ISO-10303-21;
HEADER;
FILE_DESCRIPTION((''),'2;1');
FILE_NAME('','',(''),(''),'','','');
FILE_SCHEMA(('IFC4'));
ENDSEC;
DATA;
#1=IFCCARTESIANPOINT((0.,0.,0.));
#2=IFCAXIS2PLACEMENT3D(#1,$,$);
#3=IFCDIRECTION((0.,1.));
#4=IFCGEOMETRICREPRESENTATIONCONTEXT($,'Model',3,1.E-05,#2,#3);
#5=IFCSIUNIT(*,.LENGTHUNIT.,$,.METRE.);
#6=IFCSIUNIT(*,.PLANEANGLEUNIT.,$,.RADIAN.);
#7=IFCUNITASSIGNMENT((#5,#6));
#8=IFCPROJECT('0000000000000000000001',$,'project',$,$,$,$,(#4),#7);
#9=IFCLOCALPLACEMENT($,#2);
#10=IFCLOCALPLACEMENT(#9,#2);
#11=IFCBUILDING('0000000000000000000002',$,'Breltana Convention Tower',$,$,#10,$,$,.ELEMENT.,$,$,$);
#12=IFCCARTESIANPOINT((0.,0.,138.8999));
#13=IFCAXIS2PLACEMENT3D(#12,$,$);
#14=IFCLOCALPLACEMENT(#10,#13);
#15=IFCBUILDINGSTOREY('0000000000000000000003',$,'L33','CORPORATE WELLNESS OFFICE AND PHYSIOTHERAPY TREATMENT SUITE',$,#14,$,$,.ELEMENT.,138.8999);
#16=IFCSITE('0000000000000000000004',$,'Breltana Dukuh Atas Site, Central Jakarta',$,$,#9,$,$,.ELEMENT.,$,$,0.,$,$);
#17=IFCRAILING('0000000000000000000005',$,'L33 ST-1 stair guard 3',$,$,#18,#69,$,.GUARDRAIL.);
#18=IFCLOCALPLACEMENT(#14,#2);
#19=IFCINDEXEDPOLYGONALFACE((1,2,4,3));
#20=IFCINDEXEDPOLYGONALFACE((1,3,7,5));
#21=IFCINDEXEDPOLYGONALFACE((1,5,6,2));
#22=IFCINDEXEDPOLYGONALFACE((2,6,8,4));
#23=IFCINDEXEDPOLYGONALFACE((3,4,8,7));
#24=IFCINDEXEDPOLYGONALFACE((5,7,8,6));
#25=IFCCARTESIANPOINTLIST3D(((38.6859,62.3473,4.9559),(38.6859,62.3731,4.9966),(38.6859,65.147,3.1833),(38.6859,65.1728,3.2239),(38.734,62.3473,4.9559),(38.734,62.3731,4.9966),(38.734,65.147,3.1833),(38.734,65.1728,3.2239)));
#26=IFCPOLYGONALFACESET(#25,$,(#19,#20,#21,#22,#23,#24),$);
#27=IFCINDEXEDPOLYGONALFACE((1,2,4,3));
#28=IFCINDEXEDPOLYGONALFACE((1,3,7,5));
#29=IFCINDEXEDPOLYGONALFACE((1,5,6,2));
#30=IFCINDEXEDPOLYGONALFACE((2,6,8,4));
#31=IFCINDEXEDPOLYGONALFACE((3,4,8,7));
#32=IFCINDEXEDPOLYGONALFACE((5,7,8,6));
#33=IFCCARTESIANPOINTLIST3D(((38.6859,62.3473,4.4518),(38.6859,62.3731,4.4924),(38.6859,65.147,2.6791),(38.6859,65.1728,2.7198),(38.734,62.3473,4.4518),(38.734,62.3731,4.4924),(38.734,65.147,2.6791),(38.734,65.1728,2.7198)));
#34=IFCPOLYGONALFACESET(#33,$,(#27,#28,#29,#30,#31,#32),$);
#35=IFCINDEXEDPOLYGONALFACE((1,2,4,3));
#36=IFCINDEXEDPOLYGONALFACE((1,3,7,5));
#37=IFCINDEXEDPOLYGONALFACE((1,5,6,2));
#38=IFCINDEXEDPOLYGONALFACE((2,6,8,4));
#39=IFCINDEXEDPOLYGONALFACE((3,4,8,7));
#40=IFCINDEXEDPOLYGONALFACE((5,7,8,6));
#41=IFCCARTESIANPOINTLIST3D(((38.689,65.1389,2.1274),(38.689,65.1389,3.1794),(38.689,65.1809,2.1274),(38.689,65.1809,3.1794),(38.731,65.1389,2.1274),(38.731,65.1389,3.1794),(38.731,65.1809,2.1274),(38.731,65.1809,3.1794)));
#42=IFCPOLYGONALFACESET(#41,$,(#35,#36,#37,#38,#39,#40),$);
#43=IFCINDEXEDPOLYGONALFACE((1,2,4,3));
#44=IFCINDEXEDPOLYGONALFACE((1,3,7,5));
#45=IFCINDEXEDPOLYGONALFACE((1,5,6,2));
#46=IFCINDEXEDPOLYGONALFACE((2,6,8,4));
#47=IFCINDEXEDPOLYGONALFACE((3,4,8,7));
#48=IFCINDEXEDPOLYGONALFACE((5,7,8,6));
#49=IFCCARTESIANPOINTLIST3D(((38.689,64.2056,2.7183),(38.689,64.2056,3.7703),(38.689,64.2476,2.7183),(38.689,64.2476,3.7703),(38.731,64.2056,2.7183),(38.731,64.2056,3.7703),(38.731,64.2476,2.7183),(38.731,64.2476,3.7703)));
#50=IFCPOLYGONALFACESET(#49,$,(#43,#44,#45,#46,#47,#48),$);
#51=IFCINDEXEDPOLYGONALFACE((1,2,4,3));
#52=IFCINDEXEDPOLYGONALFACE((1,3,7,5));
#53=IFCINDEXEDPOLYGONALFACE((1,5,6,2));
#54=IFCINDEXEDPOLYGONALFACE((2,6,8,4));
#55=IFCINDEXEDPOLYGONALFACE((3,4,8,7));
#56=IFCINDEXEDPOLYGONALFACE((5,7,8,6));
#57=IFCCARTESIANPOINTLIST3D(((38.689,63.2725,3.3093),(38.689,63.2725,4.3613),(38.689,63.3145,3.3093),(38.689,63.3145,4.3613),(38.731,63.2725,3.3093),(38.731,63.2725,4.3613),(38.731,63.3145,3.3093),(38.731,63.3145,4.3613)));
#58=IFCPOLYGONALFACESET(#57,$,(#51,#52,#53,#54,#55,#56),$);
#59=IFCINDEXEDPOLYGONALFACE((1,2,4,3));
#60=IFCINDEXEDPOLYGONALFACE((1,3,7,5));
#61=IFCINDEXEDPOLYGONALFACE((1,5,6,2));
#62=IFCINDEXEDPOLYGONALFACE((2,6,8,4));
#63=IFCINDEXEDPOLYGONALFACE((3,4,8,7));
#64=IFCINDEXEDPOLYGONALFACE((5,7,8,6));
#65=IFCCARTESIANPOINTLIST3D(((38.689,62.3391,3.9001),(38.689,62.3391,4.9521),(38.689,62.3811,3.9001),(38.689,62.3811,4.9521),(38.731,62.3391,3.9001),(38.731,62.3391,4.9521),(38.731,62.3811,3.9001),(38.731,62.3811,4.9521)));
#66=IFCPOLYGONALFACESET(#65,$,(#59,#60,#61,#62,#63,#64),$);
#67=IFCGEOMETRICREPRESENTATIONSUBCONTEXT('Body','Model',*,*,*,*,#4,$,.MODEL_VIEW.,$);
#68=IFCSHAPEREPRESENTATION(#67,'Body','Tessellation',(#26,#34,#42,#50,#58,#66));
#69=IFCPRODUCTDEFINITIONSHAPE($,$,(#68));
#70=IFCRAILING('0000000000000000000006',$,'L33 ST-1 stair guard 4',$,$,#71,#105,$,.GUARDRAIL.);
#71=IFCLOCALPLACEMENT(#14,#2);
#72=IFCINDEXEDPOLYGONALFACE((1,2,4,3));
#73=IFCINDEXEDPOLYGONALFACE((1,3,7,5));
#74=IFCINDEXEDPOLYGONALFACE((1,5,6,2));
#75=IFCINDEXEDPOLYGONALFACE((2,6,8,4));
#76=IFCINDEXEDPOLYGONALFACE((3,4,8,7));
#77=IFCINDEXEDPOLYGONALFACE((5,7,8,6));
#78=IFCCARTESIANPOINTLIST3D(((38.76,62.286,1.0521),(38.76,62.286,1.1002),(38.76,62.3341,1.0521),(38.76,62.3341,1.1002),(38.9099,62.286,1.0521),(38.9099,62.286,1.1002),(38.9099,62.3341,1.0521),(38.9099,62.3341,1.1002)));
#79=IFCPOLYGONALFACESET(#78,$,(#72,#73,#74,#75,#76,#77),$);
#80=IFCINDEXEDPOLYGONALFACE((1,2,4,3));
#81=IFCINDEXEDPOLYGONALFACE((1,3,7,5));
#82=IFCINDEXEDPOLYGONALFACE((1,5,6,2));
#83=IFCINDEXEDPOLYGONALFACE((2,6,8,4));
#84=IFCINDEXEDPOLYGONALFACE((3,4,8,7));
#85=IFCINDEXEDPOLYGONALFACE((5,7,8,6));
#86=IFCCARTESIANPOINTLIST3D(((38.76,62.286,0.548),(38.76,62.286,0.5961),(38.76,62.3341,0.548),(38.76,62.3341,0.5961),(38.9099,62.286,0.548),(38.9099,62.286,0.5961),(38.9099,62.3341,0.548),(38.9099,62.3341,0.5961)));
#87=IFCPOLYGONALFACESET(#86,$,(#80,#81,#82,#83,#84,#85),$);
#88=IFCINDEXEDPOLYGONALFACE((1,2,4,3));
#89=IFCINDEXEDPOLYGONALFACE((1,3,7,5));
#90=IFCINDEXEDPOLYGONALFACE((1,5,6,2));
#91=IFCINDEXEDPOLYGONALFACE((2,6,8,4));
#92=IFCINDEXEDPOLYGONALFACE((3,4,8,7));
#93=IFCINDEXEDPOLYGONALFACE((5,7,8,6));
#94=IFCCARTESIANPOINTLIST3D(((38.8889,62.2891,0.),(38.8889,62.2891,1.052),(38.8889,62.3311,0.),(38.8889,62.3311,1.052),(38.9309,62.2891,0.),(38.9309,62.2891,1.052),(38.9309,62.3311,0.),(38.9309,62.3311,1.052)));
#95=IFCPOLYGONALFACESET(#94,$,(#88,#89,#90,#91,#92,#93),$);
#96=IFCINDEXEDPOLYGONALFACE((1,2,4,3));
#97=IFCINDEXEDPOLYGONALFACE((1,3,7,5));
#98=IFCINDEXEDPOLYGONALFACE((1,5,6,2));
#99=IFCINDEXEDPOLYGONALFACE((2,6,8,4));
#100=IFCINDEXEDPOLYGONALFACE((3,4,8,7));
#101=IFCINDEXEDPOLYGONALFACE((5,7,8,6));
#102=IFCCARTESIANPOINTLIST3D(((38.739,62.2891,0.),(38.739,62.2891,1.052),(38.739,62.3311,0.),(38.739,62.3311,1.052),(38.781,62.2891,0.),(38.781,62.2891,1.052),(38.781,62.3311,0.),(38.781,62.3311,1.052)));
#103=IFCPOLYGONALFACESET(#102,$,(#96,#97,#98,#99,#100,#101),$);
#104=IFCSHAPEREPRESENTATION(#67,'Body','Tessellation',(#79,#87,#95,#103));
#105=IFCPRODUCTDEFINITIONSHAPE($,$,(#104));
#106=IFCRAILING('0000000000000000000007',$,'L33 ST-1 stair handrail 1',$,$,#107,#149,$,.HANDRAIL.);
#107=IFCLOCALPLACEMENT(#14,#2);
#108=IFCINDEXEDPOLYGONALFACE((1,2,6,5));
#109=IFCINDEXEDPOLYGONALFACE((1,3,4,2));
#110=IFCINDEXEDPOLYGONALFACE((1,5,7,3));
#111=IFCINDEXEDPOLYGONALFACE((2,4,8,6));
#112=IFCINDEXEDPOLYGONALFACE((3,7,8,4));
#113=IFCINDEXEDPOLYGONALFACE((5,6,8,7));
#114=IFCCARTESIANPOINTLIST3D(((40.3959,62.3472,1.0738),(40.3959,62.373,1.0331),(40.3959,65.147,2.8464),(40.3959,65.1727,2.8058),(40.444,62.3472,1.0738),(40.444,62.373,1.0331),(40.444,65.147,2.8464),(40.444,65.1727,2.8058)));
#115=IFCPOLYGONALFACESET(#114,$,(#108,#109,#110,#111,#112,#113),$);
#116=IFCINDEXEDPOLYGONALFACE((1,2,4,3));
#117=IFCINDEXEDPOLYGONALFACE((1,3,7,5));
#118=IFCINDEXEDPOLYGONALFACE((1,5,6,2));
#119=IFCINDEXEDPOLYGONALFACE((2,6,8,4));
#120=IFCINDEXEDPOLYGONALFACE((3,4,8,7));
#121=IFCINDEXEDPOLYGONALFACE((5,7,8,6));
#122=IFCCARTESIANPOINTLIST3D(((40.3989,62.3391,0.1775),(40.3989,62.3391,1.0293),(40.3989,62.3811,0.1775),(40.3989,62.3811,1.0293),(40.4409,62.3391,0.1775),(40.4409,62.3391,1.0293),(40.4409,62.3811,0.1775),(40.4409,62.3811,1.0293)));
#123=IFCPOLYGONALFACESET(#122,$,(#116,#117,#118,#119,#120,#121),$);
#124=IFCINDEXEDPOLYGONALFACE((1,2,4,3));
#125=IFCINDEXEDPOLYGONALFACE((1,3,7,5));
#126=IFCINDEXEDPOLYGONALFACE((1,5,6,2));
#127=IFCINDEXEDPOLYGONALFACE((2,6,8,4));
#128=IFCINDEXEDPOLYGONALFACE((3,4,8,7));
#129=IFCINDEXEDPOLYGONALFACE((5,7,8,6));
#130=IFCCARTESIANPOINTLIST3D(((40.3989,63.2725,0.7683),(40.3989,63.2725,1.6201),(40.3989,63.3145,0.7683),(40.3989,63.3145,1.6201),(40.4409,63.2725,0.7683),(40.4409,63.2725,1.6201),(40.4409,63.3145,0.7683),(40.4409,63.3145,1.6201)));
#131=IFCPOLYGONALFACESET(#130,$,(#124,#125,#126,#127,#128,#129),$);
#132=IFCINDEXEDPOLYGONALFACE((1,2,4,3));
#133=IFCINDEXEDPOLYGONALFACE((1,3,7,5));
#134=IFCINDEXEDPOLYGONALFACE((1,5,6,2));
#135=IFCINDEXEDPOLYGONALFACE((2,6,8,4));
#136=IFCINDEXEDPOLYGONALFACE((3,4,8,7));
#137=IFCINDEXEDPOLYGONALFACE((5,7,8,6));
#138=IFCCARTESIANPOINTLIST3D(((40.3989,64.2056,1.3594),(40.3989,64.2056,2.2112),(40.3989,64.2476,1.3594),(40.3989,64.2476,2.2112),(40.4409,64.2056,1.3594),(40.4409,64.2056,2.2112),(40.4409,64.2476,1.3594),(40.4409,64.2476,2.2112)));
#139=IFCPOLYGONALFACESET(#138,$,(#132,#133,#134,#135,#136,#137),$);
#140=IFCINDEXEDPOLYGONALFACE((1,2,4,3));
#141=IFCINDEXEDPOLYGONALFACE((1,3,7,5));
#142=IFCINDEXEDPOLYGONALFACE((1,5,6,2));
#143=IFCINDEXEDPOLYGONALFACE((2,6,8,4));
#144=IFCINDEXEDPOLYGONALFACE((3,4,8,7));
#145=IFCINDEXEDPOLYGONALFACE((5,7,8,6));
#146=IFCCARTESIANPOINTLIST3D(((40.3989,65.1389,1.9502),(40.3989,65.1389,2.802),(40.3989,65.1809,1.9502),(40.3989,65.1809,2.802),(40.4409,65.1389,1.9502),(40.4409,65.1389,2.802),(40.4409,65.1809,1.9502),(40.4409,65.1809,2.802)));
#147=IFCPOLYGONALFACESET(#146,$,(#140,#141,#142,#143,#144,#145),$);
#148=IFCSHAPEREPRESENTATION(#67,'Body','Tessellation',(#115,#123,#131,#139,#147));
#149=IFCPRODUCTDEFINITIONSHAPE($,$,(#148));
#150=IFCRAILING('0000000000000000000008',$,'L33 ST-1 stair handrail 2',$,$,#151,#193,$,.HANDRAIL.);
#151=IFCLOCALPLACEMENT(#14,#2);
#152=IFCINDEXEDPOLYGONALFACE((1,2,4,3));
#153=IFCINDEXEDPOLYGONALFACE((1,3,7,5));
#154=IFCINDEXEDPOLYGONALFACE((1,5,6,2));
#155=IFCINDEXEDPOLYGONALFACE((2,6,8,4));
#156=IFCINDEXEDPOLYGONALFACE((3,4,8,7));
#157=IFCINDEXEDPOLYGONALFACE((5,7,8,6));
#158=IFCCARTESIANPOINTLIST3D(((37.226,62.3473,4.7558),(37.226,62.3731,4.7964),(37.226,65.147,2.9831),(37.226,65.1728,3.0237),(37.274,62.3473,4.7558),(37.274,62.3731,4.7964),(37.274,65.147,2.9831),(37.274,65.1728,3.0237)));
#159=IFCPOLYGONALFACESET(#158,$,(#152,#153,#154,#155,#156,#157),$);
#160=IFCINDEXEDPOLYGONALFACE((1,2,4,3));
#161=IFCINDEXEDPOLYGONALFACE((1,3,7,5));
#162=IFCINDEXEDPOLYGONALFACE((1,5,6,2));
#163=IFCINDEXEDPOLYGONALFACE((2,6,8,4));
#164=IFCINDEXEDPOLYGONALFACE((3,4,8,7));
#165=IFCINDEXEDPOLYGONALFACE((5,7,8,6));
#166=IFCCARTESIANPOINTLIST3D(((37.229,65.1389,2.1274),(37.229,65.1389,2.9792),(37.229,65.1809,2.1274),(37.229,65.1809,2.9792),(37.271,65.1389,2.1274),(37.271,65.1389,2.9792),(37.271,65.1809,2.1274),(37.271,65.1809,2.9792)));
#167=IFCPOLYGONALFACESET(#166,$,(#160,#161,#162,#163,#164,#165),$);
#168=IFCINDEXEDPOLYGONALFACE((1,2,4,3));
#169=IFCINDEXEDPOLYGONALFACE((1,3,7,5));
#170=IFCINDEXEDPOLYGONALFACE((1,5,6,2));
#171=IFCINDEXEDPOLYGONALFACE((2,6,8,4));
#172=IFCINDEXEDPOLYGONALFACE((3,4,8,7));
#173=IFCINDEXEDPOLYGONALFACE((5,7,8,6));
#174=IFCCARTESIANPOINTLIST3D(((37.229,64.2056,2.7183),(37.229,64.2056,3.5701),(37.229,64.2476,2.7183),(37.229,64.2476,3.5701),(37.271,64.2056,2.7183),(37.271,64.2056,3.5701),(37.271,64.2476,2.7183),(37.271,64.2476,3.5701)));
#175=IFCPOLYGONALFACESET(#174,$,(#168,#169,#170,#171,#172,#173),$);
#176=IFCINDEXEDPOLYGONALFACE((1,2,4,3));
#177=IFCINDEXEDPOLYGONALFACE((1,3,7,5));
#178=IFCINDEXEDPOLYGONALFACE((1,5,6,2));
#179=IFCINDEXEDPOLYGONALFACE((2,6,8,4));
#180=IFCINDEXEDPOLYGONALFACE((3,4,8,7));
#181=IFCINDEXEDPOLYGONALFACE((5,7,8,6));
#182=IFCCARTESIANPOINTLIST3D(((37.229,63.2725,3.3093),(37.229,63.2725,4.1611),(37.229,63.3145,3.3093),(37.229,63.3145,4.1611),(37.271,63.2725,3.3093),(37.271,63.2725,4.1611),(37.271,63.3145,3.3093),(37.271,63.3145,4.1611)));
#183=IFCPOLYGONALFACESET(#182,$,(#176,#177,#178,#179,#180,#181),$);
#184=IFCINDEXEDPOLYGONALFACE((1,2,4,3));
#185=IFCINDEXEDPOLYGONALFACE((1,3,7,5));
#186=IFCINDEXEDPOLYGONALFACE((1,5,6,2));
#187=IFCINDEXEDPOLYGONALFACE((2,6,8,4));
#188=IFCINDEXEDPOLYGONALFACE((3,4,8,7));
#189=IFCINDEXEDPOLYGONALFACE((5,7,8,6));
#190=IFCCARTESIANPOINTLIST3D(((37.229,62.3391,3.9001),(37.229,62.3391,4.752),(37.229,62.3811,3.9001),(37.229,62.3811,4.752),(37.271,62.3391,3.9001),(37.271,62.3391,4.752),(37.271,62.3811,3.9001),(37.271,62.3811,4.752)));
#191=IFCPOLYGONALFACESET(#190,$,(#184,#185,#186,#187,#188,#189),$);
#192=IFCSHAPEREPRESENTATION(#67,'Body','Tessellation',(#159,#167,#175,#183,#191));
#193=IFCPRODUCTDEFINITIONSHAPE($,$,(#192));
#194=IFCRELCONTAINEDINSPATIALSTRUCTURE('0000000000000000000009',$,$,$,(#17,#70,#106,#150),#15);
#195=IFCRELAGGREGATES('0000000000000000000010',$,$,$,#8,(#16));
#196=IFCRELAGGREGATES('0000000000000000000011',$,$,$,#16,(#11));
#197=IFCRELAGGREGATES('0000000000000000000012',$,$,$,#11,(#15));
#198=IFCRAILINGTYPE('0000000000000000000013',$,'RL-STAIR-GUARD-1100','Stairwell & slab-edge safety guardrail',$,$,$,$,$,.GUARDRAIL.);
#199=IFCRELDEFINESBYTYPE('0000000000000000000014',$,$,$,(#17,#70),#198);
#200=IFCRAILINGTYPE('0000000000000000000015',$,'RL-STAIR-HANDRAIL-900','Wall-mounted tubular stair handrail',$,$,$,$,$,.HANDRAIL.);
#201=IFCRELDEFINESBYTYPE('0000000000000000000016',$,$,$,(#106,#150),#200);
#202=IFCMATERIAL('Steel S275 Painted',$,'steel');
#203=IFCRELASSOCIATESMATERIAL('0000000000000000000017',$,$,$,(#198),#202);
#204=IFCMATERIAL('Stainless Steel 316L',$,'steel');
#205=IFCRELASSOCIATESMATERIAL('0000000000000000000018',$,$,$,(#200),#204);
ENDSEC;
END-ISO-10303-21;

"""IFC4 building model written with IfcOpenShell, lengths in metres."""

from ifc_helpers import new_model, si_unit, direction, frame, origin, origin_2d, place, context, subcontext, project, spatial, rectangle, extrude, material, type_object, element, save


model = new_model("IFC4")

# Units and contexts
model_context = context("Model", 3, precision=1e-05, world=origin(), true_north=direction((0.0, 1.0)))
body_context = subcontext(model_context, "Body", "Model", "MODEL_VIEW")
ifc_project = project(units=[si_unit("LENGTHUNIT", "METRE"), si_unit("PLANEANGLEUNIT", "RADIAN")], contexts=[model_context])

# Site, building, storey
site_placement = place(None, origin())
site = spatial("IfcSite", under=ifc_project, at=site_placement, Name="Breltana Dukuh Atas Site, Central Jakarta", CompositionType="ELEMENT", RefElevation=0.0)
building_placement = place(site_placement, origin())
building = spatial("IfcBuilding", under=site, at=building_placement, Name="Breltana Convention Tower", CompositionType="ELEMENT")
storey_placement = place(building_placement, frame((0.0, 0.0, 138.8999)))
storey = spatial("IfcBuildingStorey", under=building, at=storey_placement, Name="L33", Description="CORPORATE WELLNESS OFFICE AND PHYSIOTHERAPY TREATMENT SUITE", CompositionType="ELEMENT", Elevation=138.8999)

# Railings
ifc_material_1 = material(Name="Steel S275 Painted", Category="steel")
railing_type_1 = type_object("IfcRailingType", Name="RL-STAIR-GUARD-1100", Description="Stairwell & slab-edge safety guardrail", PredefinedType="GUARDRAIL", material=ifc_material_1)
railing_1_placement = place(storey_placement, frame((38.71, 65.1599, 2.1274)))
element("IfcRailing", 1, at=railing_1_placement, inside=storey, type_object=railing_type_1, Name="L33 ST-1 stair guard 3", PredefinedType="GUARDRAIL", context=body_context, shape_type="SweptSolid", body=[
    extrude(rectangle(XDim=0.0481, YDim=0.0481, at=origin_2d()), frame((0.0, 0.0, 1.0762), z_axis=(0.0, -0.844888, 0.534943), x_axis=(1.0, 0.0, 0.0)), (0.0, 0.0, 1.0), 3.3137),
    extrude(rectangle(XDim=0.0481, YDim=0.0481, at=origin_2d()), frame((0.0, 0.0, 0.572), z_axis=(0.0, -0.844888, 0.534943), x_axis=(1.0, 0.0, 0.0)), (0.0, 0.0, 1.0), 3.3137),
    extrude(rectangle(XDim=0.042, YDim=0.042, at=origin_2d()), origin(), (0.0, 0.0, 1.0), 1.052),
    extrude(rectangle(XDim=0.042, YDim=0.042, at=origin_2d()), frame((0.0, -0.9333, 0.5908)), (0.0, 0.0, 1.0), 1.052),
    extrude(rectangle(XDim=0.042, YDim=0.042, at=origin_2d()), frame((0.0, -1.8665, 1.1819)), (0.0, 0.0, 1.0), 1.052),
    extrude(rectangle(XDim=0.042, YDim=0.042, at=origin_2d()), frame((0.0, -2.7998, 1.7727)), (0.0, 0.0, 1.0), 1.052),
])
railing_2_placement = place(storey_placement, frame((38.9099, 62.3101, 0.0)))
element("IfcRailing", 2, at=railing_2_placement, inside=storey, type_object=railing_type_1, Name="L33 ST-1 stair guard 4", PredefinedType="GUARDRAIL", context=body_context, shape_type="SweptSolid", body=[
    extrude(rectangle(XDim=0.0481, YDim=0.0481, at=origin_2d()), frame((0.0, 0.0, 1.0762), z_axis=(-1.0, 0.0, 0.0), x_axis=(0.0, -1.0, 0.0)), (0.0, 0.0, 1.0), 0.1499),
    extrude(rectangle(XDim=0.0481, YDim=0.0481, at=origin_2d()), frame((0.0, 0.0, 0.572), z_axis=(-1.0, 0.0, 0.0), x_axis=(0.0, -1.0, 0.0)), (0.0, 0.0, 1.0), 0.1499),
    extrude(rectangle(XDim=0.042, YDim=0.042, at=origin_2d()), origin(), (0.0, 0.0, 1.0), 1.052),
    extrude(rectangle(XDim=0.042, YDim=0.042, at=origin_2d()), frame((-0.1499, 0.0, 0.0)), (0.0, 0.0, 1.0), 1.052),
])
ifc_material_2 = material(Name="Stainless Steel 316L", Category="steel")
railing_type_2 = type_object("IfcRailingType", Name="RL-STAIR-HANDRAIL-900", Description="Wall-mounted tubular stair handrail", PredefinedType="HANDRAIL", material=ifc_material_2)
railing_3_placement = place(storey_placement, frame((40.4199, 62.3601, 0.1775)))
element("IfcRailing", 3, at=railing_3_placement, inside=storey, type_object=railing_type_2, Name="L33 ST-1 stair handrail 1", PredefinedType="HANDRAIL", context=body_context, shape_type="SweptSolid", body=[
    extrude(rectangle(XDim=0.0481, YDim=0.0481, at=origin_2d()), frame((0.0, 0.0, 0.876), z_axis=(0.0, 0.844888, 0.534943), x_axis=(-1.0, 0.0, 0.0)), (0.0, 0.0, 1.0), 3.3137),
    extrude(rectangle(XDim=0.042, YDim=0.042, at=origin_2d()), origin(), (0.0, 0.0, 1.0), 0.8518),
    extrude(rectangle(XDim=0.042, YDim=0.042, at=origin_2d()), frame((0.0, 0.9333, 0.5908)), (0.0, 0.0, 1.0), 0.8518),
    extrude(rectangle(XDim=0.042, YDim=0.042, at=origin_2d()), frame((0.0, 1.8665, 1.1819)), (0.0, 0.0, 1.0), 0.8518),
    extrude(rectangle(XDim=0.042, YDim=0.042, at=origin_2d()), frame((0.0, 2.7998, 1.7727)), (0.0, 0.0, 1.0), 0.8518),
])
railing_4_placement = place(storey_placement, frame((37.25, 65.1599, 2.1274)))
element("IfcRailing", 4, at=railing_4_placement, inside=storey, type_object=railing_type_2, Name="L33 ST-1 stair handrail 2", PredefinedType="HANDRAIL", context=body_context, shape_type="SweptSolid", body=[
    extrude(rectangle(XDim=0.0481, YDim=0.0481, at=origin_2d()), frame((0.0, 0.0, 0.876), z_axis=(0.0, -0.844888, 0.534943), x_axis=(1.0, 0.0, 0.0)), (0.0, 0.0, 1.0), 3.3137),
    extrude(rectangle(XDim=0.042, YDim=0.042, at=origin_2d()), origin(), (0.0, 0.0, 1.0), 0.8518),
    extrude(rectangle(XDim=0.042, YDim=0.042, at=origin_2d()), frame((0.0, -0.9333, 0.5908)), (0.0, 0.0, 1.0), 0.8518),
    extrude(rectangle(XDim=0.042, YDim=0.042, at=origin_2d()), frame((0.0, -1.8665, 1.1819)), (0.0, 0.0, 1.0), 0.8518),
    extrude(rectangle(XDim=0.042, YDim=0.042, at=origin_2d()), frame((0.0, -2.7998, 1.7727)), (0.0, 0.0, 1.0), 0.8518),
])

save(model, "model.ifc")
